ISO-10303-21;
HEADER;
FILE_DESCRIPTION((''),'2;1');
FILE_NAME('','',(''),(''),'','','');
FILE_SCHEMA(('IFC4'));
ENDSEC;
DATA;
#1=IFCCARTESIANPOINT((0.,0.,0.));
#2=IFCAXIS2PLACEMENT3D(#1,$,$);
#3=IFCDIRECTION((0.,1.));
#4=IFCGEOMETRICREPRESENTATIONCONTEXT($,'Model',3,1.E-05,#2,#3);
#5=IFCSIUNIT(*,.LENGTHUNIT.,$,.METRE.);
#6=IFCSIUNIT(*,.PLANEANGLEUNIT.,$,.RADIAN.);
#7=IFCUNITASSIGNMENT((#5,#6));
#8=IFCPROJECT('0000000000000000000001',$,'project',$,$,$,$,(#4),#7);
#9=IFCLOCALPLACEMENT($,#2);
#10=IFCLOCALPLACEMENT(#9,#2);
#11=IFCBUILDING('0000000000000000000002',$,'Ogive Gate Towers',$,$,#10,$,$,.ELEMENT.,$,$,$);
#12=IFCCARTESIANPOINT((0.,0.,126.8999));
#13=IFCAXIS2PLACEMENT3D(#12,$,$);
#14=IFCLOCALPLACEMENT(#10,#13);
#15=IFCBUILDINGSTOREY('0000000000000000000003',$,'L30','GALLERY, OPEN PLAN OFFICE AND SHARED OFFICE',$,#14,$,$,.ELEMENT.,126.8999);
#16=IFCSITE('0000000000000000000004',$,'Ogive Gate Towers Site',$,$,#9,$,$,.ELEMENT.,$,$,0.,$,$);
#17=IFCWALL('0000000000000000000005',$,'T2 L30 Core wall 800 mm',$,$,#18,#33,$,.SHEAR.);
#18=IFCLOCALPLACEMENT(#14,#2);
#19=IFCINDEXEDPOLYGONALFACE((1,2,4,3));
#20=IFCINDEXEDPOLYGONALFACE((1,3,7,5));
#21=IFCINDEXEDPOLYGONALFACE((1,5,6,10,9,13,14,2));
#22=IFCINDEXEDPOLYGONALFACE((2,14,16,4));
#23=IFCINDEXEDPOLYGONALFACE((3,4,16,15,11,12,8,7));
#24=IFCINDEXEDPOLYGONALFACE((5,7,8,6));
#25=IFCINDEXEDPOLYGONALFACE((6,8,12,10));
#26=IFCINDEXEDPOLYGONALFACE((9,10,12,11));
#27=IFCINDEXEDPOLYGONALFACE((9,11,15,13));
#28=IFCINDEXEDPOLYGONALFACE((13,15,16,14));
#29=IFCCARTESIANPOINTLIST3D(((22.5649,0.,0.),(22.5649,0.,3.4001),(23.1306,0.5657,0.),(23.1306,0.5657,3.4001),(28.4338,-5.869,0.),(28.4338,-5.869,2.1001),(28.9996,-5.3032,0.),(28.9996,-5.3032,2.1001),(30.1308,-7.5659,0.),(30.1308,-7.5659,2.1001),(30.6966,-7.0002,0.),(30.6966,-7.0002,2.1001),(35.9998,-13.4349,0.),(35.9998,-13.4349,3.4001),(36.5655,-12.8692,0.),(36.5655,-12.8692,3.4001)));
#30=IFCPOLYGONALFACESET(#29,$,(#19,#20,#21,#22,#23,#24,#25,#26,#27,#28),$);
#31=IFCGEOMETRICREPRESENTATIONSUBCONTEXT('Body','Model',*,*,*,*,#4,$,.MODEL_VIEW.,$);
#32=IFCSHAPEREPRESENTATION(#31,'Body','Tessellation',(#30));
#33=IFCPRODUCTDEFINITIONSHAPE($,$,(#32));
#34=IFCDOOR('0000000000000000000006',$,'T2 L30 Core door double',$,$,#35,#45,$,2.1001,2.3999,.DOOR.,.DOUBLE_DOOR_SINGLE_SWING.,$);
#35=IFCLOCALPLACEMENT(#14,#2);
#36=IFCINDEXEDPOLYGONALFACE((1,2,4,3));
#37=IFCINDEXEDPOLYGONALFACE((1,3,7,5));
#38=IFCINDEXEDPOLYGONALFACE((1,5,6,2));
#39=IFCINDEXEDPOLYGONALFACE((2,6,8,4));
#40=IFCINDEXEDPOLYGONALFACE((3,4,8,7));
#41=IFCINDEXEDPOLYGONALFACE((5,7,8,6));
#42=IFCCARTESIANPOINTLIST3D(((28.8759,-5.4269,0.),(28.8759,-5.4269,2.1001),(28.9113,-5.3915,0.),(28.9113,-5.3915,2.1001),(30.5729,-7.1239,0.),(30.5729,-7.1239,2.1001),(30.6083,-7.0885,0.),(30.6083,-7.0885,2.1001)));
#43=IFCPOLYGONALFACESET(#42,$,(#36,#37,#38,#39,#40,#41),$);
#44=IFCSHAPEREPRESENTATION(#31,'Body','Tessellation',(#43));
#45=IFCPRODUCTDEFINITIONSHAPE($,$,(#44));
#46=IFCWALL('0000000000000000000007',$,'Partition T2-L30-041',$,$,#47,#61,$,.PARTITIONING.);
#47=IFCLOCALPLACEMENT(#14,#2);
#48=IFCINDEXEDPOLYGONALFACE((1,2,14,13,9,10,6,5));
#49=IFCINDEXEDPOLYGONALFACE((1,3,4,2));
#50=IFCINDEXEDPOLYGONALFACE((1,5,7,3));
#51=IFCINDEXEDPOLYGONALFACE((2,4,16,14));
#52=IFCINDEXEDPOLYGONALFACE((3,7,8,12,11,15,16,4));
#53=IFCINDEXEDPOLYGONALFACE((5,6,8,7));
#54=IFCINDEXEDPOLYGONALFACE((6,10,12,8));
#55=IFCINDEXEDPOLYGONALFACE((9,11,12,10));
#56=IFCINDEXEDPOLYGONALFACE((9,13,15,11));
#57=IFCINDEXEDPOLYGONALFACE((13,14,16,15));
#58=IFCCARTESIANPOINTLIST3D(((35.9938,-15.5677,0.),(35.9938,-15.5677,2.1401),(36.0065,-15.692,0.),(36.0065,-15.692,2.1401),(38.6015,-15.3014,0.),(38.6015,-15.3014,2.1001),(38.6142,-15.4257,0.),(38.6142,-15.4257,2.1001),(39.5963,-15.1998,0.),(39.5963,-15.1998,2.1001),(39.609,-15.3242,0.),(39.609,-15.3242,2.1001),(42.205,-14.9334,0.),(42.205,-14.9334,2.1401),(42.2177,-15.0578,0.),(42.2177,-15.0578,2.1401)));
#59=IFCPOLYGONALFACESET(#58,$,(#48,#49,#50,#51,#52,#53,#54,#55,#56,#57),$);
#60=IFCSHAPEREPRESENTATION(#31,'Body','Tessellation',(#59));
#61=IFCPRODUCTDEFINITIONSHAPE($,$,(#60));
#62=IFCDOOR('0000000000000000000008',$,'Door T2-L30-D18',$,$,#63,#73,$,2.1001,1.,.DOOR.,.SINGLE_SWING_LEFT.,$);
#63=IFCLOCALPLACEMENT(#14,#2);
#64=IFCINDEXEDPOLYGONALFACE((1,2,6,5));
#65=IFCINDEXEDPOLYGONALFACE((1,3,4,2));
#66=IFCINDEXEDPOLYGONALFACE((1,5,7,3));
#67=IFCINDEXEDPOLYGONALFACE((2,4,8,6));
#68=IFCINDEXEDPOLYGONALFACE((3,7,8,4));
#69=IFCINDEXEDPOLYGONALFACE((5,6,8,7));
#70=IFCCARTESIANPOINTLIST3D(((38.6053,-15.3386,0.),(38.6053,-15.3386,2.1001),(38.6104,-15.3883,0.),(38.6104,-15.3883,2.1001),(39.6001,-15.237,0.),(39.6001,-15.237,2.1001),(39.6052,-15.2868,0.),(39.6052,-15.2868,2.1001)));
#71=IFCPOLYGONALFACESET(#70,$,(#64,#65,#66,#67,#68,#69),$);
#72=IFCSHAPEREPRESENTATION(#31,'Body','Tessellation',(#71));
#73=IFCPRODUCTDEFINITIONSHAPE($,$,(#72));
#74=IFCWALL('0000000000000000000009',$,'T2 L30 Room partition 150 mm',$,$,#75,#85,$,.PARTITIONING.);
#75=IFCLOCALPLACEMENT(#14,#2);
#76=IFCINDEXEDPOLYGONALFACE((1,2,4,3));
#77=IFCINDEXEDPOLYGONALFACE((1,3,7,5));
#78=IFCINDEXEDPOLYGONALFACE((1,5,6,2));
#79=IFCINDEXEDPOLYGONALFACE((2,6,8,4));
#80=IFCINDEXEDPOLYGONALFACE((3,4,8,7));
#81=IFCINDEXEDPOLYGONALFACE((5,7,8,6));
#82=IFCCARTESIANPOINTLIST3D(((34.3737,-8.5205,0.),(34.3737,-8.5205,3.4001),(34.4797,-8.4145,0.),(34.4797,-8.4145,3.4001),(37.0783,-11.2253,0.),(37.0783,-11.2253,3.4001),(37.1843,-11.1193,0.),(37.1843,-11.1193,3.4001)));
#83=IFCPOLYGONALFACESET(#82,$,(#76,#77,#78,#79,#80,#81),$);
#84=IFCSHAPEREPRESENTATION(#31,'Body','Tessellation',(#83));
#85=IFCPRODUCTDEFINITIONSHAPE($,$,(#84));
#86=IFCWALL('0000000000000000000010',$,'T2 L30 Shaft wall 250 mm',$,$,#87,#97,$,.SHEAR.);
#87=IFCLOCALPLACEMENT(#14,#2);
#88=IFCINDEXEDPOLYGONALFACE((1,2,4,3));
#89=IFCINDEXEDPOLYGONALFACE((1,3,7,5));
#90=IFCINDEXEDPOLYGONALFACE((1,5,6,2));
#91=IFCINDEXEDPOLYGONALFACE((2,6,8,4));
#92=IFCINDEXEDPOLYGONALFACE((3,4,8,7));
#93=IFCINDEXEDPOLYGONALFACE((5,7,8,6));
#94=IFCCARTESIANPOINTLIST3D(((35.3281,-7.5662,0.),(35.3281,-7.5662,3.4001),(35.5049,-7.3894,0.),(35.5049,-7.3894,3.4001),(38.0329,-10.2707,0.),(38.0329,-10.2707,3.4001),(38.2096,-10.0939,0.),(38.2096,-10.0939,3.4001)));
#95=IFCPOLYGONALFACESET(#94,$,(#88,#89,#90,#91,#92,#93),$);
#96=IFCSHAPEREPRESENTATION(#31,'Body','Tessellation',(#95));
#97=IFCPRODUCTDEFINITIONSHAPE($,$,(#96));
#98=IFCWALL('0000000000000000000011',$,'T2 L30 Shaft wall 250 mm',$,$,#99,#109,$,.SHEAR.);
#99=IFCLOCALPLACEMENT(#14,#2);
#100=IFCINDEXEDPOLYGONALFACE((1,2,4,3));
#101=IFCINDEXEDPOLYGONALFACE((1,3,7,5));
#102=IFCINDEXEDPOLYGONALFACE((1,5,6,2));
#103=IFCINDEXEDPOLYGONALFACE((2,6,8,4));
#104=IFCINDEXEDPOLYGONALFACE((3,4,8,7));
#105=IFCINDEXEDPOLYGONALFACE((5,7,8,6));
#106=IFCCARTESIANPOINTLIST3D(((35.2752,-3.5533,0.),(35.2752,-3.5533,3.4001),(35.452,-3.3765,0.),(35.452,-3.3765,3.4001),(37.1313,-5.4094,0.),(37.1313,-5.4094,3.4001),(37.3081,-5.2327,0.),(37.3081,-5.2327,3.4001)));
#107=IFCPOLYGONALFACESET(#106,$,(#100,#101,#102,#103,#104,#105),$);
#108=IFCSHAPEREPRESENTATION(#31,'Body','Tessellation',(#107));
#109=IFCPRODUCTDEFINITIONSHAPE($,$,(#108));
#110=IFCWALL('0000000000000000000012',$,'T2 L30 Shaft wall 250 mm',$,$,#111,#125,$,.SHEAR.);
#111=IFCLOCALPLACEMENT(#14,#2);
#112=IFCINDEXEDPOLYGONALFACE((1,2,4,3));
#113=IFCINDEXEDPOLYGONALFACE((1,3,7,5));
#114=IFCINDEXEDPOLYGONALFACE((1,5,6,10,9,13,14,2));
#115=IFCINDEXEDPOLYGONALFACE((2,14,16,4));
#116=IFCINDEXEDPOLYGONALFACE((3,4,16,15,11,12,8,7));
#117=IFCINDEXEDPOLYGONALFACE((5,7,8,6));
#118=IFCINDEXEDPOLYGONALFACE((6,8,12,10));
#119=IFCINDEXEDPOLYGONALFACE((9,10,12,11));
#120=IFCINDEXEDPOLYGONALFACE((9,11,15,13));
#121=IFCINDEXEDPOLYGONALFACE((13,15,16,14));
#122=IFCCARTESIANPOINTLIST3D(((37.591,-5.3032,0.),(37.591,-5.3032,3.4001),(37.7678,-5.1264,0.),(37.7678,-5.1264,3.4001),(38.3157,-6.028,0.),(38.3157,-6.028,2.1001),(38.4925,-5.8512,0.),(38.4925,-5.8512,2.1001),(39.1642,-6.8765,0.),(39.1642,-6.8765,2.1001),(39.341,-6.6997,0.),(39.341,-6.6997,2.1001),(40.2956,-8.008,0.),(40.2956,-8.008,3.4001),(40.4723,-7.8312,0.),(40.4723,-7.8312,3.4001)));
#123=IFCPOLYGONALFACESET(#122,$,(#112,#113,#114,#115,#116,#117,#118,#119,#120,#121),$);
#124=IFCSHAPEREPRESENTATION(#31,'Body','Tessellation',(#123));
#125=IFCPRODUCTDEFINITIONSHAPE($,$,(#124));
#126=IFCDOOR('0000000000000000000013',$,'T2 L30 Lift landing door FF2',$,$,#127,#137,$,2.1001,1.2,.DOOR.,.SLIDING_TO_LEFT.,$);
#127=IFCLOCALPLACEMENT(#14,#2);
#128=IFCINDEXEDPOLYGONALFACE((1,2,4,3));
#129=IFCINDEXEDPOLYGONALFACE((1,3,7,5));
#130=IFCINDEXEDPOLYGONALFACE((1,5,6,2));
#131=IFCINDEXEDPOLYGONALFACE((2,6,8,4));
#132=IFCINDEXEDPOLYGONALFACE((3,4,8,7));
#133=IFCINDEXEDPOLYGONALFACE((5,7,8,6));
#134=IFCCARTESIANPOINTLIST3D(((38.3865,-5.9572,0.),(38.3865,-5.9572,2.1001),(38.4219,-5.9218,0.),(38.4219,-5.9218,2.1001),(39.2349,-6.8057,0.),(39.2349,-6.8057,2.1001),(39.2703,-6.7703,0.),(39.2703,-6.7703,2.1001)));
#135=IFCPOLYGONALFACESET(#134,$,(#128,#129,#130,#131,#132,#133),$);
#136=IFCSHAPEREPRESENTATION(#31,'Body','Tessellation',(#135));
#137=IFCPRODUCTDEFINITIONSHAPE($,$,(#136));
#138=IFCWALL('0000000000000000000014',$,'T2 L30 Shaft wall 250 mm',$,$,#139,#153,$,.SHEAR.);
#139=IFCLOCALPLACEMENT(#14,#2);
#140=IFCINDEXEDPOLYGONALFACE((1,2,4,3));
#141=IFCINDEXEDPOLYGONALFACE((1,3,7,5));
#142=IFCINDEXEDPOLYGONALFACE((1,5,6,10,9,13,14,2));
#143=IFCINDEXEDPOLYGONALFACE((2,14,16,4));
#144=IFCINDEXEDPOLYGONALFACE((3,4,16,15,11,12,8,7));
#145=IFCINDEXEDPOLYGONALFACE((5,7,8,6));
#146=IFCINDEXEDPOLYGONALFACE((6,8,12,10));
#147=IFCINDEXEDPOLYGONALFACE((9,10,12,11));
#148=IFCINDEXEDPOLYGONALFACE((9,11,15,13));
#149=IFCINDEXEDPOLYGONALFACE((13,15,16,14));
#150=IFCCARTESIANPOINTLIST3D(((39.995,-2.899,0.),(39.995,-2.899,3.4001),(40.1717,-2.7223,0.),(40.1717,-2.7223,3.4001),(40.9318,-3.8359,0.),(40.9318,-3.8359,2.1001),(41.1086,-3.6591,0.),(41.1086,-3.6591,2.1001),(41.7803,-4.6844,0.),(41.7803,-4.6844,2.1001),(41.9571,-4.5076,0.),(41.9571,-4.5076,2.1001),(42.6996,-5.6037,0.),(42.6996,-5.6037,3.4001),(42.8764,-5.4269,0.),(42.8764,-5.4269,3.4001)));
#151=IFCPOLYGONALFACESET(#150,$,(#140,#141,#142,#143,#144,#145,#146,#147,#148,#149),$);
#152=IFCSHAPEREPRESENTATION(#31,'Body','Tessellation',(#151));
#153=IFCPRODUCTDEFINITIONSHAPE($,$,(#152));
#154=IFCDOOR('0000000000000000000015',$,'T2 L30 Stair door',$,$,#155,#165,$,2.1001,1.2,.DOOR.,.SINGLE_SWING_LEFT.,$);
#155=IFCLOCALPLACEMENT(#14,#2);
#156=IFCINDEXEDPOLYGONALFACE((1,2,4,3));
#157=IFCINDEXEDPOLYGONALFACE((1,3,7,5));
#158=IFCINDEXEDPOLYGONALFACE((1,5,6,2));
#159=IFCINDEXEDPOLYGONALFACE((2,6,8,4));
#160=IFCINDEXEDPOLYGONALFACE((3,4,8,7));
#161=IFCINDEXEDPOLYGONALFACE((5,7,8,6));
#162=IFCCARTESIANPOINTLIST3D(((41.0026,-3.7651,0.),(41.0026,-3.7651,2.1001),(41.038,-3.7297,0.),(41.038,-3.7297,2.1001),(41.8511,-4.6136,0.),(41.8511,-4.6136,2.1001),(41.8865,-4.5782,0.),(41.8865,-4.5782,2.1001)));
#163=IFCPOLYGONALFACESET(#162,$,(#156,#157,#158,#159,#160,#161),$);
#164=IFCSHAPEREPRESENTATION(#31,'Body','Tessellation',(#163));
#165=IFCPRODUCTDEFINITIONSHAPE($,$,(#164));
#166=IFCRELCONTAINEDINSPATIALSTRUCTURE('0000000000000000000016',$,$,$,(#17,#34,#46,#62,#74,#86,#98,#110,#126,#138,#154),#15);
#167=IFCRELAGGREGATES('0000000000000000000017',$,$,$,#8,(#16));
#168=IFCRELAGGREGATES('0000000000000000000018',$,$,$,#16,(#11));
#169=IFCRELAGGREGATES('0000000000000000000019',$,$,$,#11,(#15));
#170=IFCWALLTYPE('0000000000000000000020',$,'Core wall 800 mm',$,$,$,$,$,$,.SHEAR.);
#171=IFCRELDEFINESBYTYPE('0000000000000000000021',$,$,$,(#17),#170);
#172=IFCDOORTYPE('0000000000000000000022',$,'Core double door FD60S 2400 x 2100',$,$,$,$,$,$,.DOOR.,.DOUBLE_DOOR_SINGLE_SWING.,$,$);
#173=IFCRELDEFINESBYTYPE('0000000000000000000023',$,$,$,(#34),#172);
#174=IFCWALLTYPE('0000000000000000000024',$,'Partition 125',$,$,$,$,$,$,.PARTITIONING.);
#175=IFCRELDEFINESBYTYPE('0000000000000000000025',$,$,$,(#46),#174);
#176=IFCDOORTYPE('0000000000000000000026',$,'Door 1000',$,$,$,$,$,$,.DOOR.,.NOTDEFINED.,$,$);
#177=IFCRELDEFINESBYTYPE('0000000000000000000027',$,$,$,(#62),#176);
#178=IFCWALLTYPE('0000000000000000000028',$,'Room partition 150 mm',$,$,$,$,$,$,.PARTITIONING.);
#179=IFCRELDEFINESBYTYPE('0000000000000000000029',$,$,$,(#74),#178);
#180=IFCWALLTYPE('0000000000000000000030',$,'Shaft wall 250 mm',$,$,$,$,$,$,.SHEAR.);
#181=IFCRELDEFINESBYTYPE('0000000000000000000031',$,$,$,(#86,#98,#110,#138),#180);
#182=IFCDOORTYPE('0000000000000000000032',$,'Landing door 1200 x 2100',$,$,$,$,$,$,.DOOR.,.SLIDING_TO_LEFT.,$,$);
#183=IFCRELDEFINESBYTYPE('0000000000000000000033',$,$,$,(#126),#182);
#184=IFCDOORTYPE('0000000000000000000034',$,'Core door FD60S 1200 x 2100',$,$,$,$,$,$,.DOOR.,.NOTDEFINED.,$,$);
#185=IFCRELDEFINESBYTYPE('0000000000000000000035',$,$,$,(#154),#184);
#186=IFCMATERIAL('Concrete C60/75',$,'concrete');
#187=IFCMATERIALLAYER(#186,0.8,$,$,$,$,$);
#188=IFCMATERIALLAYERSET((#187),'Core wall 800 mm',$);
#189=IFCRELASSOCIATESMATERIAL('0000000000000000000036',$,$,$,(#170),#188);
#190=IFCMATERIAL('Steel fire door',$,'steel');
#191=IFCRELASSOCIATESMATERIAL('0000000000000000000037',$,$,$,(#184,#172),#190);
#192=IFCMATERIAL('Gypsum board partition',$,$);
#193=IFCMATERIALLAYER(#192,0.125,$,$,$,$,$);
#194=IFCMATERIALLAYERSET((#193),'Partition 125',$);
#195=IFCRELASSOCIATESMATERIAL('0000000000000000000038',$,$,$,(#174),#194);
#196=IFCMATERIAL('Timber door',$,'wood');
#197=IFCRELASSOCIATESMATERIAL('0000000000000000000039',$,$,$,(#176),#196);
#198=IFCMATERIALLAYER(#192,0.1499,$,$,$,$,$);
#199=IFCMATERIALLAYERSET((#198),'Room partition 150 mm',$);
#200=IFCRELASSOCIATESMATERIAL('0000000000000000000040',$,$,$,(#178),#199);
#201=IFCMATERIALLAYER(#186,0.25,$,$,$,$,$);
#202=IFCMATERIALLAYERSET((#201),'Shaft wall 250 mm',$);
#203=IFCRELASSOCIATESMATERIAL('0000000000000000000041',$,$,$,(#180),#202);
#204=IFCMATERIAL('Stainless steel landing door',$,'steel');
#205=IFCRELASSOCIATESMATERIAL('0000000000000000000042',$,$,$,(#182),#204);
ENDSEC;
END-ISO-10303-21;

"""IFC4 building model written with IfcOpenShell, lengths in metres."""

from ifc_helpers import new_model, si_unit, direction, frame, frame_2d, origin, place, context, subcontext, project, spatial, rectangle, extrude, material, layer, layer_set, type_object, element, fill, save


model = new_model("IFC4")

# Units and contexts
model_context = context("Model", 3, precision=1e-05, world=origin(), true_north=direction((0.0, 1.0)))
body_context = subcontext(model_context, "Body", "Model", "MODEL_VIEW")
ifc_project = project(units=[si_unit("LENGTHUNIT", "METRE"), si_unit("PLANEANGLEUNIT", "RADIAN")], contexts=[model_context])

# Site, building, storey
site_placement = place(None, origin())
site = spatial("IfcSite", under=ifc_project, at=site_placement, Name="Ogive Gate Towers Site", CompositionType="ELEMENT", RefElevation=0.0)
building_placement = place(site_placement, origin())
building = spatial("IfcBuilding", under=site, at=building_placement, Name="Ogive Gate Towers", CompositionType="ELEMENT")
storey_placement = place(building_placement, frame((0.0, 0.0, 126.8999)))
storey = spatial("IfcBuildingStorey", under=building, at=storey_placement, Name="L30", Description="GALLERY, OPEN PLAN OFFICE AND SHARED OFFICE", CompositionType="ELEMENT", Elevation=126.8999)

# Shared definitions
ifc_material_1 = material(Name="Concrete C60/75", Category="concrete")
ifc_layer_1 = layer(ifc_material_1, 0.8)
ifc_layer_set_1 = layer_set([ifc_layer_1], Name="Core wall 800 mm")
wall_type_1 = type_object("IfcWallType", Name="Core wall 800 mm", PredefinedType="SHEAR", material=ifc_layer_set_1)
ifc_material_2 = material(Name="Timber door", Category="wood")
ifc_material_3 = material(Name="Steel fire door", Category="steel")
door_type_1 = type_object("IfcDoorType", Name="Core door FD60S 1200 x 2100", OperationType="NOTDEFINED", PredefinedType="DOOR", material=ifc_material_3)

# Walls, openings, doors
wall_1_placement = place(storey_placement, frame((36.2827, -13.1521, 0.0), z_axis=(0.0, 0.0, 1.0), x_axis=(-0.707107, 0.707107, 0.0)))
wall_1 = element("IfcWall", 1, at=wall_1_placement, inside=storey, type_object=wall_type_1, Name="T2 L30 Core wall 800 mm", PredefinedType="SHEAR", context=body_context, shape_type="SweptSolid", body=[
    extrude(rectangle(XDim=18.9998, YDim=0.8, at=frame_2d((9.5, 0.0))), origin(), (0.0, 0.0, 1.0), 3.4001),
])
opening_1_placement = place(wall_1_placement, frame((8.3, 0.0, 0.0)))
opening_1 = element("IfcOpeningElement", 2, at=opening_1_placement, cuts=wall_1, PredefinedType="OPENING", context=body_context, shape_type="SweptSolid", body=[
    extrude(rectangle(XDim=2.3999, YDim=2.1001, at=frame_2d((1.2, 1.05))), frame((0.0, 0.4102, 0.0), z_axis=(0.0, -1.0, 0.0), x_axis=(1.0, 0.0, 0.0)), (0.0, 0.0, 1.0), 0.8201),
])
door_type_2 = type_object("IfcDoorType", Name="Core double door FD60S 2400 x 2100", OperationType="DOUBLE_DOOR_SINGLE_SWING", PredefinedType="DOOR", material=ifc_material_3)
door_1_placement = place(opening_1_placement, origin())
door_1 = element("IfcDoor", 3, at=door_1_placement, inside=storey, type_object=door_type_2, Name="T2 L30 Core door double", OperationType="DOUBLE_DOOR_SINGLE_SWING", OverallHeight=2.1001, OverallWidth=2.3999, PredefinedType="DOOR", context=body_context, shape_type="SweptSolid", body=[
    extrude(rectangle(XDim=2.3999, YDim=2.1001, at=frame_2d((1.2, 1.05))), frame((0.0, -0.2251, 0.0), z_axis=(0.0, -1.0, 0.0), x_axis=(1.0, 0.0, 0.0)), (0.0, 0.0, 1.0), 0.05),
])
fill(opening_1, door_1)
ifc_material_4 = material(Name="Gypsum board partition")
ifc_layer_2 = layer(ifc_material_4, 0.125)
ifc_layer_set_2 = layer_set([ifc_layer_2], Name="Partition 125")
wall_type_2 = type_object("IfcWallType", Name="Partition 125", PredefinedType="PARTITIONING", material=ifc_layer_set_2)
wall_2_placement = place(storey_placement, frame((42.2112, -14.9956, 0.0), z_axis=(0.0, 0.0, 1.0), x_axis=(-0.994826, -0.10159, 0.0)))
wall_2 = element("IfcWall", 4, at=wall_2_placement, inside=storey, type_object=wall_type_2, Name="Partition T2-L30-041", PredefinedType="PARTITIONING", context=body_context, shape_type="SweptSolid", body=[
    extrude(rectangle(XDim=6.2434, YDim=0.125, at=frame_2d((3.1216, 0.0))), origin(), (0.0, 0.0, 1.0), 2.1401),
])
opening_2_placement = place(wall_2_placement, frame((2.6221, 0.0, 0.0)))
opening_2 = element("IfcOpeningElement", 5, at=opening_2_placement, cuts=wall_2, PredefinedType="OPENING", context=body_context, shape_type="SweptSolid", body=[
    extrude(rectangle(XDim=1.0, YDim=2.1001, at=frame_2d((0.5, 1.05))), frame((0.0, 0.0725, 0.0), z_axis=(0.0, -1.0, 0.0), x_axis=(1.0, 0.0, 0.0)), (0.0, 0.0, 1.0), 0.145),
])
door_type_3 = type_object("IfcDoorType", Name="Door 1000", OperationType="NOTDEFINED", PredefinedType="DOOR", material=ifc_material_2)
door_2_placement = place(opening_2_placement, origin())
door_2 = element("IfcDoor", 6, at=door_2_placement, inside=storey, type_object=door_type_3, Name="Door T2-L30-D18", OperationType="SINGLE_SWING_LEFT", OverallHeight=2.1001, OverallWidth=1.0, PredefinedType="DOOR", context=body_context, shape_type="SweptSolid", body=[
    extrude(rectangle(XDim=1.0, YDim=2.1001, at=frame_2d((0.5, 1.05))), frame((0.0, 0.0249, 0.0), z_axis=(0.0, -1.0, 0.0), x_axis=(1.0, 0.0, 0.0)), (0.0, 0.0, 1.0), 0.05),
])
fill(opening_2, door_2)

# Walls
ifc_layer_3 = layer(ifc_material_4, 0.1499)
ifc_layer_set_3 = layer_set([ifc_layer_3], Name="Room partition 150 mm")
wall_type_3 = type_object("IfcWallType", Name="Room partition 150 mm", PredefinedType="PARTITIONING", material=ifc_layer_set_3)
wall_3_placement = place(storey_placement, frame((37.1313, -11.1724, 0.0), z_axis=(0.0, 0.0, 1.0), x_axis=(-0.707075, 0.707139, 0.0)))
element("IfcWall", 7, at=wall_3_placement, inside=storey, type_object=wall_type_3, Name="T2 L30 Room partition 150 mm", PredefinedType="PARTITIONING", context=body_context, shape_type="SweptSolid", body=[
    extrude(rectangle(XDim=3.825, YDim=0.1499, at=frame_2d((1.9126, 0.0))), origin(), (0.0, 0.0, 1.0), 3.4001),
])
ifc_layer_4 = layer(ifc_material_1, 0.25)
ifc_layer_set_4 = layer_set([ifc_layer_4], Name="Shaft wall 250 mm")
wall_type_4 = type_object("IfcWallType", Name="Shaft wall 250 mm", PredefinedType="SHEAR", material=ifc_layer_set_4)
wall_4_placement = place(storey_placement, frame((38.1213, -10.1824, 0.0), z_axis=(0.0, 0.0, 1.0), x_axis=(-0.707139, 0.707075, 0.0)))
element("IfcWall", 8, at=wall_4_placement, inside=storey, type_object=wall_type_4, Name="T2 L30 Shaft wall 250 mm", PredefinedType="SHEAR", context=body_context, shape_type="SweptSolid", body=[
    extrude(rectangle(XDim=3.825, YDim=0.25, at=frame_2d((1.9126, 0.0))), origin(), (0.0, 0.0, 1.0), 3.4001),
])
wall_5_placement = place(storey_placement, frame((37.2197, -5.321, 0.0), z_axis=(0.0, 0.0, 1.0), x_axis=(-0.707107, 0.707107, 0.0)))
element("IfcWall", 9, at=wall_5_placement, inside=storey, type_object=wall_type_4, Name="T2 L30 Shaft wall 250 mm", PredefinedType="SHEAR", context=body_context, shape_type="SweptSolid", body=[
    extrude(rectangle(XDim=2.625, YDim=0.25, at=frame_2d((1.3125, 0.0))), origin(), (0.0, 0.0, 1.0), 3.4001),
])

# Walls, openings, doors
wall_6_placement = place(storey_placement, frame((40.384, -7.9197, 0.0), z_axis=(0.0, 0.0, 1.0), x_axis=(-0.707075, 0.707139, 0.0)))
wall_6 = element("IfcWall", 10, at=wall_6_placement, inside=storey, type_object=wall_type_4, Name="T2 L30 Shaft wall 250 mm", PredefinedType="SHEAR", context=body_context, shape_type="SweptSolid", body=[
    extrude(rectangle(XDim=3.825, YDim=0.25, at=frame_2d((1.9126, 0.0))), origin(), (0.0, 0.0, 1.0), 3.4001),
])
opening_3_placement = place(wall_6_placement, frame((1.6001, 0.0, 0.0)))
opening_3 = element("IfcOpeningElement", 11, at=opening_3_placement, cuts=wall_6, PredefinedType="OPENING", context=body_context, shape_type="SweptSolid", body=[
    extrude(rectangle(XDim=1.2, YDim=2.1001, at=frame_2d((0.6001, 1.05))), frame((0.0, 0.135, 0.0), z_axis=(0.0, -1.0, 0.0), x_axis=(1.0, 0.0, 0.0)), (0.0, 0.0, 1.0), 0.27),
])
ifc_material_5 = material(Name="Stainless steel landing door", Category="steel")
door_type_4 = type_object("IfcDoorType", Name="Landing door 1200 x 2100", OperationType="SLIDING_TO_LEFT", PredefinedType="DOOR", material=ifc_material_5)
door_3_placement = place(opening_3_placement, origin())
door_3 = element("IfcDoor", 12, at=door_3_placement, inside=storey, type_object=door_type_4, Name="T2 L30 Lift landing door FF2", OperationType="SLIDING_TO_LEFT", OverallHeight=2.1001, OverallWidth=1.2, PredefinedType="DOOR", context=body_context, shape_type="SweptSolid", body=[
    extrude(rectangle(XDim=1.2, YDim=2.1001, at=frame_2d((0.6001, 1.05))), frame((0.0, 0.0249, 0.0), z_axis=(0.0, -1.0, 0.0), x_axis=(1.0, 0.0, 0.0)), (0.0, 0.0, 1.0), 0.05),
])
fill(opening_3, door_3)
wall_7_placement = place(storey_placement, frame((42.7881, -5.5154, 0.0), z_axis=(0.0, 0.0, 1.0), x_axis=(-0.707107, 0.707107, 0.0)))
wall_7 = element("IfcWall", 13, at=wall_7_placement, inside=storey, type_object=wall_type_4, Name="T2 L30 Shaft wall 250 mm", PredefinedType="SHEAR", context=body_context, shape_type="SweptSolid", body=[
    extrude(rectangle(XDim=3.825, YDim=0.25, at=frame_2d((1.9126, 0.0))), origin(), (0.0, 0.0, 1.0), 3.4001),
])
opening_4_placement = place(wall_7_placement, frame((1.3, 0.0, 0.0)))
opening_4 = element("IfcOpeningElement", 14, at=opening_4_placement, cuts=wall_7, PredefinedType="OPENING", context=body_context, shape_type="SweptSolid", body=[
    extrude(rectangle(XDim=1.2, YDim=2.1001, at=frame_2d((0.6001, 1.05))), frame((0.0, 0.135, 0.0), z_axis=(0.0, -1.0, 0.0), x_axis=(1.0, 0.0, 0.0)), (0.0, 0.0, 1.0), 0.27),
])
door_4_placement = place(opening_4_placement, origin())
door_4 = element("IfcDoor", 15, at=door_4_placement, inside=storey, type_object=door_type_1, Name="T2 L30 Stair door", OperationType="SINGLE_SWING_LEFT", OverallHeight=2.1001, OverallWidth=1.2, PredefinedType="DOOR", context=body_context, shape_type="SweptSolid", body=[
    extrude(rectangle(XDim=1.2, YDim=2.1001, at=frame_2d((0.6001, 1.05))), frame((0.0, 0.0249, 0.0), z_axis=(0.0, -1.0, 0.0), x_axis=(1.0, 0.0, 0.0)), (0.0, 0.0, 1.0), 0.05),
])
fill(opening_4, door_4)

save(model, "model.ifc")
